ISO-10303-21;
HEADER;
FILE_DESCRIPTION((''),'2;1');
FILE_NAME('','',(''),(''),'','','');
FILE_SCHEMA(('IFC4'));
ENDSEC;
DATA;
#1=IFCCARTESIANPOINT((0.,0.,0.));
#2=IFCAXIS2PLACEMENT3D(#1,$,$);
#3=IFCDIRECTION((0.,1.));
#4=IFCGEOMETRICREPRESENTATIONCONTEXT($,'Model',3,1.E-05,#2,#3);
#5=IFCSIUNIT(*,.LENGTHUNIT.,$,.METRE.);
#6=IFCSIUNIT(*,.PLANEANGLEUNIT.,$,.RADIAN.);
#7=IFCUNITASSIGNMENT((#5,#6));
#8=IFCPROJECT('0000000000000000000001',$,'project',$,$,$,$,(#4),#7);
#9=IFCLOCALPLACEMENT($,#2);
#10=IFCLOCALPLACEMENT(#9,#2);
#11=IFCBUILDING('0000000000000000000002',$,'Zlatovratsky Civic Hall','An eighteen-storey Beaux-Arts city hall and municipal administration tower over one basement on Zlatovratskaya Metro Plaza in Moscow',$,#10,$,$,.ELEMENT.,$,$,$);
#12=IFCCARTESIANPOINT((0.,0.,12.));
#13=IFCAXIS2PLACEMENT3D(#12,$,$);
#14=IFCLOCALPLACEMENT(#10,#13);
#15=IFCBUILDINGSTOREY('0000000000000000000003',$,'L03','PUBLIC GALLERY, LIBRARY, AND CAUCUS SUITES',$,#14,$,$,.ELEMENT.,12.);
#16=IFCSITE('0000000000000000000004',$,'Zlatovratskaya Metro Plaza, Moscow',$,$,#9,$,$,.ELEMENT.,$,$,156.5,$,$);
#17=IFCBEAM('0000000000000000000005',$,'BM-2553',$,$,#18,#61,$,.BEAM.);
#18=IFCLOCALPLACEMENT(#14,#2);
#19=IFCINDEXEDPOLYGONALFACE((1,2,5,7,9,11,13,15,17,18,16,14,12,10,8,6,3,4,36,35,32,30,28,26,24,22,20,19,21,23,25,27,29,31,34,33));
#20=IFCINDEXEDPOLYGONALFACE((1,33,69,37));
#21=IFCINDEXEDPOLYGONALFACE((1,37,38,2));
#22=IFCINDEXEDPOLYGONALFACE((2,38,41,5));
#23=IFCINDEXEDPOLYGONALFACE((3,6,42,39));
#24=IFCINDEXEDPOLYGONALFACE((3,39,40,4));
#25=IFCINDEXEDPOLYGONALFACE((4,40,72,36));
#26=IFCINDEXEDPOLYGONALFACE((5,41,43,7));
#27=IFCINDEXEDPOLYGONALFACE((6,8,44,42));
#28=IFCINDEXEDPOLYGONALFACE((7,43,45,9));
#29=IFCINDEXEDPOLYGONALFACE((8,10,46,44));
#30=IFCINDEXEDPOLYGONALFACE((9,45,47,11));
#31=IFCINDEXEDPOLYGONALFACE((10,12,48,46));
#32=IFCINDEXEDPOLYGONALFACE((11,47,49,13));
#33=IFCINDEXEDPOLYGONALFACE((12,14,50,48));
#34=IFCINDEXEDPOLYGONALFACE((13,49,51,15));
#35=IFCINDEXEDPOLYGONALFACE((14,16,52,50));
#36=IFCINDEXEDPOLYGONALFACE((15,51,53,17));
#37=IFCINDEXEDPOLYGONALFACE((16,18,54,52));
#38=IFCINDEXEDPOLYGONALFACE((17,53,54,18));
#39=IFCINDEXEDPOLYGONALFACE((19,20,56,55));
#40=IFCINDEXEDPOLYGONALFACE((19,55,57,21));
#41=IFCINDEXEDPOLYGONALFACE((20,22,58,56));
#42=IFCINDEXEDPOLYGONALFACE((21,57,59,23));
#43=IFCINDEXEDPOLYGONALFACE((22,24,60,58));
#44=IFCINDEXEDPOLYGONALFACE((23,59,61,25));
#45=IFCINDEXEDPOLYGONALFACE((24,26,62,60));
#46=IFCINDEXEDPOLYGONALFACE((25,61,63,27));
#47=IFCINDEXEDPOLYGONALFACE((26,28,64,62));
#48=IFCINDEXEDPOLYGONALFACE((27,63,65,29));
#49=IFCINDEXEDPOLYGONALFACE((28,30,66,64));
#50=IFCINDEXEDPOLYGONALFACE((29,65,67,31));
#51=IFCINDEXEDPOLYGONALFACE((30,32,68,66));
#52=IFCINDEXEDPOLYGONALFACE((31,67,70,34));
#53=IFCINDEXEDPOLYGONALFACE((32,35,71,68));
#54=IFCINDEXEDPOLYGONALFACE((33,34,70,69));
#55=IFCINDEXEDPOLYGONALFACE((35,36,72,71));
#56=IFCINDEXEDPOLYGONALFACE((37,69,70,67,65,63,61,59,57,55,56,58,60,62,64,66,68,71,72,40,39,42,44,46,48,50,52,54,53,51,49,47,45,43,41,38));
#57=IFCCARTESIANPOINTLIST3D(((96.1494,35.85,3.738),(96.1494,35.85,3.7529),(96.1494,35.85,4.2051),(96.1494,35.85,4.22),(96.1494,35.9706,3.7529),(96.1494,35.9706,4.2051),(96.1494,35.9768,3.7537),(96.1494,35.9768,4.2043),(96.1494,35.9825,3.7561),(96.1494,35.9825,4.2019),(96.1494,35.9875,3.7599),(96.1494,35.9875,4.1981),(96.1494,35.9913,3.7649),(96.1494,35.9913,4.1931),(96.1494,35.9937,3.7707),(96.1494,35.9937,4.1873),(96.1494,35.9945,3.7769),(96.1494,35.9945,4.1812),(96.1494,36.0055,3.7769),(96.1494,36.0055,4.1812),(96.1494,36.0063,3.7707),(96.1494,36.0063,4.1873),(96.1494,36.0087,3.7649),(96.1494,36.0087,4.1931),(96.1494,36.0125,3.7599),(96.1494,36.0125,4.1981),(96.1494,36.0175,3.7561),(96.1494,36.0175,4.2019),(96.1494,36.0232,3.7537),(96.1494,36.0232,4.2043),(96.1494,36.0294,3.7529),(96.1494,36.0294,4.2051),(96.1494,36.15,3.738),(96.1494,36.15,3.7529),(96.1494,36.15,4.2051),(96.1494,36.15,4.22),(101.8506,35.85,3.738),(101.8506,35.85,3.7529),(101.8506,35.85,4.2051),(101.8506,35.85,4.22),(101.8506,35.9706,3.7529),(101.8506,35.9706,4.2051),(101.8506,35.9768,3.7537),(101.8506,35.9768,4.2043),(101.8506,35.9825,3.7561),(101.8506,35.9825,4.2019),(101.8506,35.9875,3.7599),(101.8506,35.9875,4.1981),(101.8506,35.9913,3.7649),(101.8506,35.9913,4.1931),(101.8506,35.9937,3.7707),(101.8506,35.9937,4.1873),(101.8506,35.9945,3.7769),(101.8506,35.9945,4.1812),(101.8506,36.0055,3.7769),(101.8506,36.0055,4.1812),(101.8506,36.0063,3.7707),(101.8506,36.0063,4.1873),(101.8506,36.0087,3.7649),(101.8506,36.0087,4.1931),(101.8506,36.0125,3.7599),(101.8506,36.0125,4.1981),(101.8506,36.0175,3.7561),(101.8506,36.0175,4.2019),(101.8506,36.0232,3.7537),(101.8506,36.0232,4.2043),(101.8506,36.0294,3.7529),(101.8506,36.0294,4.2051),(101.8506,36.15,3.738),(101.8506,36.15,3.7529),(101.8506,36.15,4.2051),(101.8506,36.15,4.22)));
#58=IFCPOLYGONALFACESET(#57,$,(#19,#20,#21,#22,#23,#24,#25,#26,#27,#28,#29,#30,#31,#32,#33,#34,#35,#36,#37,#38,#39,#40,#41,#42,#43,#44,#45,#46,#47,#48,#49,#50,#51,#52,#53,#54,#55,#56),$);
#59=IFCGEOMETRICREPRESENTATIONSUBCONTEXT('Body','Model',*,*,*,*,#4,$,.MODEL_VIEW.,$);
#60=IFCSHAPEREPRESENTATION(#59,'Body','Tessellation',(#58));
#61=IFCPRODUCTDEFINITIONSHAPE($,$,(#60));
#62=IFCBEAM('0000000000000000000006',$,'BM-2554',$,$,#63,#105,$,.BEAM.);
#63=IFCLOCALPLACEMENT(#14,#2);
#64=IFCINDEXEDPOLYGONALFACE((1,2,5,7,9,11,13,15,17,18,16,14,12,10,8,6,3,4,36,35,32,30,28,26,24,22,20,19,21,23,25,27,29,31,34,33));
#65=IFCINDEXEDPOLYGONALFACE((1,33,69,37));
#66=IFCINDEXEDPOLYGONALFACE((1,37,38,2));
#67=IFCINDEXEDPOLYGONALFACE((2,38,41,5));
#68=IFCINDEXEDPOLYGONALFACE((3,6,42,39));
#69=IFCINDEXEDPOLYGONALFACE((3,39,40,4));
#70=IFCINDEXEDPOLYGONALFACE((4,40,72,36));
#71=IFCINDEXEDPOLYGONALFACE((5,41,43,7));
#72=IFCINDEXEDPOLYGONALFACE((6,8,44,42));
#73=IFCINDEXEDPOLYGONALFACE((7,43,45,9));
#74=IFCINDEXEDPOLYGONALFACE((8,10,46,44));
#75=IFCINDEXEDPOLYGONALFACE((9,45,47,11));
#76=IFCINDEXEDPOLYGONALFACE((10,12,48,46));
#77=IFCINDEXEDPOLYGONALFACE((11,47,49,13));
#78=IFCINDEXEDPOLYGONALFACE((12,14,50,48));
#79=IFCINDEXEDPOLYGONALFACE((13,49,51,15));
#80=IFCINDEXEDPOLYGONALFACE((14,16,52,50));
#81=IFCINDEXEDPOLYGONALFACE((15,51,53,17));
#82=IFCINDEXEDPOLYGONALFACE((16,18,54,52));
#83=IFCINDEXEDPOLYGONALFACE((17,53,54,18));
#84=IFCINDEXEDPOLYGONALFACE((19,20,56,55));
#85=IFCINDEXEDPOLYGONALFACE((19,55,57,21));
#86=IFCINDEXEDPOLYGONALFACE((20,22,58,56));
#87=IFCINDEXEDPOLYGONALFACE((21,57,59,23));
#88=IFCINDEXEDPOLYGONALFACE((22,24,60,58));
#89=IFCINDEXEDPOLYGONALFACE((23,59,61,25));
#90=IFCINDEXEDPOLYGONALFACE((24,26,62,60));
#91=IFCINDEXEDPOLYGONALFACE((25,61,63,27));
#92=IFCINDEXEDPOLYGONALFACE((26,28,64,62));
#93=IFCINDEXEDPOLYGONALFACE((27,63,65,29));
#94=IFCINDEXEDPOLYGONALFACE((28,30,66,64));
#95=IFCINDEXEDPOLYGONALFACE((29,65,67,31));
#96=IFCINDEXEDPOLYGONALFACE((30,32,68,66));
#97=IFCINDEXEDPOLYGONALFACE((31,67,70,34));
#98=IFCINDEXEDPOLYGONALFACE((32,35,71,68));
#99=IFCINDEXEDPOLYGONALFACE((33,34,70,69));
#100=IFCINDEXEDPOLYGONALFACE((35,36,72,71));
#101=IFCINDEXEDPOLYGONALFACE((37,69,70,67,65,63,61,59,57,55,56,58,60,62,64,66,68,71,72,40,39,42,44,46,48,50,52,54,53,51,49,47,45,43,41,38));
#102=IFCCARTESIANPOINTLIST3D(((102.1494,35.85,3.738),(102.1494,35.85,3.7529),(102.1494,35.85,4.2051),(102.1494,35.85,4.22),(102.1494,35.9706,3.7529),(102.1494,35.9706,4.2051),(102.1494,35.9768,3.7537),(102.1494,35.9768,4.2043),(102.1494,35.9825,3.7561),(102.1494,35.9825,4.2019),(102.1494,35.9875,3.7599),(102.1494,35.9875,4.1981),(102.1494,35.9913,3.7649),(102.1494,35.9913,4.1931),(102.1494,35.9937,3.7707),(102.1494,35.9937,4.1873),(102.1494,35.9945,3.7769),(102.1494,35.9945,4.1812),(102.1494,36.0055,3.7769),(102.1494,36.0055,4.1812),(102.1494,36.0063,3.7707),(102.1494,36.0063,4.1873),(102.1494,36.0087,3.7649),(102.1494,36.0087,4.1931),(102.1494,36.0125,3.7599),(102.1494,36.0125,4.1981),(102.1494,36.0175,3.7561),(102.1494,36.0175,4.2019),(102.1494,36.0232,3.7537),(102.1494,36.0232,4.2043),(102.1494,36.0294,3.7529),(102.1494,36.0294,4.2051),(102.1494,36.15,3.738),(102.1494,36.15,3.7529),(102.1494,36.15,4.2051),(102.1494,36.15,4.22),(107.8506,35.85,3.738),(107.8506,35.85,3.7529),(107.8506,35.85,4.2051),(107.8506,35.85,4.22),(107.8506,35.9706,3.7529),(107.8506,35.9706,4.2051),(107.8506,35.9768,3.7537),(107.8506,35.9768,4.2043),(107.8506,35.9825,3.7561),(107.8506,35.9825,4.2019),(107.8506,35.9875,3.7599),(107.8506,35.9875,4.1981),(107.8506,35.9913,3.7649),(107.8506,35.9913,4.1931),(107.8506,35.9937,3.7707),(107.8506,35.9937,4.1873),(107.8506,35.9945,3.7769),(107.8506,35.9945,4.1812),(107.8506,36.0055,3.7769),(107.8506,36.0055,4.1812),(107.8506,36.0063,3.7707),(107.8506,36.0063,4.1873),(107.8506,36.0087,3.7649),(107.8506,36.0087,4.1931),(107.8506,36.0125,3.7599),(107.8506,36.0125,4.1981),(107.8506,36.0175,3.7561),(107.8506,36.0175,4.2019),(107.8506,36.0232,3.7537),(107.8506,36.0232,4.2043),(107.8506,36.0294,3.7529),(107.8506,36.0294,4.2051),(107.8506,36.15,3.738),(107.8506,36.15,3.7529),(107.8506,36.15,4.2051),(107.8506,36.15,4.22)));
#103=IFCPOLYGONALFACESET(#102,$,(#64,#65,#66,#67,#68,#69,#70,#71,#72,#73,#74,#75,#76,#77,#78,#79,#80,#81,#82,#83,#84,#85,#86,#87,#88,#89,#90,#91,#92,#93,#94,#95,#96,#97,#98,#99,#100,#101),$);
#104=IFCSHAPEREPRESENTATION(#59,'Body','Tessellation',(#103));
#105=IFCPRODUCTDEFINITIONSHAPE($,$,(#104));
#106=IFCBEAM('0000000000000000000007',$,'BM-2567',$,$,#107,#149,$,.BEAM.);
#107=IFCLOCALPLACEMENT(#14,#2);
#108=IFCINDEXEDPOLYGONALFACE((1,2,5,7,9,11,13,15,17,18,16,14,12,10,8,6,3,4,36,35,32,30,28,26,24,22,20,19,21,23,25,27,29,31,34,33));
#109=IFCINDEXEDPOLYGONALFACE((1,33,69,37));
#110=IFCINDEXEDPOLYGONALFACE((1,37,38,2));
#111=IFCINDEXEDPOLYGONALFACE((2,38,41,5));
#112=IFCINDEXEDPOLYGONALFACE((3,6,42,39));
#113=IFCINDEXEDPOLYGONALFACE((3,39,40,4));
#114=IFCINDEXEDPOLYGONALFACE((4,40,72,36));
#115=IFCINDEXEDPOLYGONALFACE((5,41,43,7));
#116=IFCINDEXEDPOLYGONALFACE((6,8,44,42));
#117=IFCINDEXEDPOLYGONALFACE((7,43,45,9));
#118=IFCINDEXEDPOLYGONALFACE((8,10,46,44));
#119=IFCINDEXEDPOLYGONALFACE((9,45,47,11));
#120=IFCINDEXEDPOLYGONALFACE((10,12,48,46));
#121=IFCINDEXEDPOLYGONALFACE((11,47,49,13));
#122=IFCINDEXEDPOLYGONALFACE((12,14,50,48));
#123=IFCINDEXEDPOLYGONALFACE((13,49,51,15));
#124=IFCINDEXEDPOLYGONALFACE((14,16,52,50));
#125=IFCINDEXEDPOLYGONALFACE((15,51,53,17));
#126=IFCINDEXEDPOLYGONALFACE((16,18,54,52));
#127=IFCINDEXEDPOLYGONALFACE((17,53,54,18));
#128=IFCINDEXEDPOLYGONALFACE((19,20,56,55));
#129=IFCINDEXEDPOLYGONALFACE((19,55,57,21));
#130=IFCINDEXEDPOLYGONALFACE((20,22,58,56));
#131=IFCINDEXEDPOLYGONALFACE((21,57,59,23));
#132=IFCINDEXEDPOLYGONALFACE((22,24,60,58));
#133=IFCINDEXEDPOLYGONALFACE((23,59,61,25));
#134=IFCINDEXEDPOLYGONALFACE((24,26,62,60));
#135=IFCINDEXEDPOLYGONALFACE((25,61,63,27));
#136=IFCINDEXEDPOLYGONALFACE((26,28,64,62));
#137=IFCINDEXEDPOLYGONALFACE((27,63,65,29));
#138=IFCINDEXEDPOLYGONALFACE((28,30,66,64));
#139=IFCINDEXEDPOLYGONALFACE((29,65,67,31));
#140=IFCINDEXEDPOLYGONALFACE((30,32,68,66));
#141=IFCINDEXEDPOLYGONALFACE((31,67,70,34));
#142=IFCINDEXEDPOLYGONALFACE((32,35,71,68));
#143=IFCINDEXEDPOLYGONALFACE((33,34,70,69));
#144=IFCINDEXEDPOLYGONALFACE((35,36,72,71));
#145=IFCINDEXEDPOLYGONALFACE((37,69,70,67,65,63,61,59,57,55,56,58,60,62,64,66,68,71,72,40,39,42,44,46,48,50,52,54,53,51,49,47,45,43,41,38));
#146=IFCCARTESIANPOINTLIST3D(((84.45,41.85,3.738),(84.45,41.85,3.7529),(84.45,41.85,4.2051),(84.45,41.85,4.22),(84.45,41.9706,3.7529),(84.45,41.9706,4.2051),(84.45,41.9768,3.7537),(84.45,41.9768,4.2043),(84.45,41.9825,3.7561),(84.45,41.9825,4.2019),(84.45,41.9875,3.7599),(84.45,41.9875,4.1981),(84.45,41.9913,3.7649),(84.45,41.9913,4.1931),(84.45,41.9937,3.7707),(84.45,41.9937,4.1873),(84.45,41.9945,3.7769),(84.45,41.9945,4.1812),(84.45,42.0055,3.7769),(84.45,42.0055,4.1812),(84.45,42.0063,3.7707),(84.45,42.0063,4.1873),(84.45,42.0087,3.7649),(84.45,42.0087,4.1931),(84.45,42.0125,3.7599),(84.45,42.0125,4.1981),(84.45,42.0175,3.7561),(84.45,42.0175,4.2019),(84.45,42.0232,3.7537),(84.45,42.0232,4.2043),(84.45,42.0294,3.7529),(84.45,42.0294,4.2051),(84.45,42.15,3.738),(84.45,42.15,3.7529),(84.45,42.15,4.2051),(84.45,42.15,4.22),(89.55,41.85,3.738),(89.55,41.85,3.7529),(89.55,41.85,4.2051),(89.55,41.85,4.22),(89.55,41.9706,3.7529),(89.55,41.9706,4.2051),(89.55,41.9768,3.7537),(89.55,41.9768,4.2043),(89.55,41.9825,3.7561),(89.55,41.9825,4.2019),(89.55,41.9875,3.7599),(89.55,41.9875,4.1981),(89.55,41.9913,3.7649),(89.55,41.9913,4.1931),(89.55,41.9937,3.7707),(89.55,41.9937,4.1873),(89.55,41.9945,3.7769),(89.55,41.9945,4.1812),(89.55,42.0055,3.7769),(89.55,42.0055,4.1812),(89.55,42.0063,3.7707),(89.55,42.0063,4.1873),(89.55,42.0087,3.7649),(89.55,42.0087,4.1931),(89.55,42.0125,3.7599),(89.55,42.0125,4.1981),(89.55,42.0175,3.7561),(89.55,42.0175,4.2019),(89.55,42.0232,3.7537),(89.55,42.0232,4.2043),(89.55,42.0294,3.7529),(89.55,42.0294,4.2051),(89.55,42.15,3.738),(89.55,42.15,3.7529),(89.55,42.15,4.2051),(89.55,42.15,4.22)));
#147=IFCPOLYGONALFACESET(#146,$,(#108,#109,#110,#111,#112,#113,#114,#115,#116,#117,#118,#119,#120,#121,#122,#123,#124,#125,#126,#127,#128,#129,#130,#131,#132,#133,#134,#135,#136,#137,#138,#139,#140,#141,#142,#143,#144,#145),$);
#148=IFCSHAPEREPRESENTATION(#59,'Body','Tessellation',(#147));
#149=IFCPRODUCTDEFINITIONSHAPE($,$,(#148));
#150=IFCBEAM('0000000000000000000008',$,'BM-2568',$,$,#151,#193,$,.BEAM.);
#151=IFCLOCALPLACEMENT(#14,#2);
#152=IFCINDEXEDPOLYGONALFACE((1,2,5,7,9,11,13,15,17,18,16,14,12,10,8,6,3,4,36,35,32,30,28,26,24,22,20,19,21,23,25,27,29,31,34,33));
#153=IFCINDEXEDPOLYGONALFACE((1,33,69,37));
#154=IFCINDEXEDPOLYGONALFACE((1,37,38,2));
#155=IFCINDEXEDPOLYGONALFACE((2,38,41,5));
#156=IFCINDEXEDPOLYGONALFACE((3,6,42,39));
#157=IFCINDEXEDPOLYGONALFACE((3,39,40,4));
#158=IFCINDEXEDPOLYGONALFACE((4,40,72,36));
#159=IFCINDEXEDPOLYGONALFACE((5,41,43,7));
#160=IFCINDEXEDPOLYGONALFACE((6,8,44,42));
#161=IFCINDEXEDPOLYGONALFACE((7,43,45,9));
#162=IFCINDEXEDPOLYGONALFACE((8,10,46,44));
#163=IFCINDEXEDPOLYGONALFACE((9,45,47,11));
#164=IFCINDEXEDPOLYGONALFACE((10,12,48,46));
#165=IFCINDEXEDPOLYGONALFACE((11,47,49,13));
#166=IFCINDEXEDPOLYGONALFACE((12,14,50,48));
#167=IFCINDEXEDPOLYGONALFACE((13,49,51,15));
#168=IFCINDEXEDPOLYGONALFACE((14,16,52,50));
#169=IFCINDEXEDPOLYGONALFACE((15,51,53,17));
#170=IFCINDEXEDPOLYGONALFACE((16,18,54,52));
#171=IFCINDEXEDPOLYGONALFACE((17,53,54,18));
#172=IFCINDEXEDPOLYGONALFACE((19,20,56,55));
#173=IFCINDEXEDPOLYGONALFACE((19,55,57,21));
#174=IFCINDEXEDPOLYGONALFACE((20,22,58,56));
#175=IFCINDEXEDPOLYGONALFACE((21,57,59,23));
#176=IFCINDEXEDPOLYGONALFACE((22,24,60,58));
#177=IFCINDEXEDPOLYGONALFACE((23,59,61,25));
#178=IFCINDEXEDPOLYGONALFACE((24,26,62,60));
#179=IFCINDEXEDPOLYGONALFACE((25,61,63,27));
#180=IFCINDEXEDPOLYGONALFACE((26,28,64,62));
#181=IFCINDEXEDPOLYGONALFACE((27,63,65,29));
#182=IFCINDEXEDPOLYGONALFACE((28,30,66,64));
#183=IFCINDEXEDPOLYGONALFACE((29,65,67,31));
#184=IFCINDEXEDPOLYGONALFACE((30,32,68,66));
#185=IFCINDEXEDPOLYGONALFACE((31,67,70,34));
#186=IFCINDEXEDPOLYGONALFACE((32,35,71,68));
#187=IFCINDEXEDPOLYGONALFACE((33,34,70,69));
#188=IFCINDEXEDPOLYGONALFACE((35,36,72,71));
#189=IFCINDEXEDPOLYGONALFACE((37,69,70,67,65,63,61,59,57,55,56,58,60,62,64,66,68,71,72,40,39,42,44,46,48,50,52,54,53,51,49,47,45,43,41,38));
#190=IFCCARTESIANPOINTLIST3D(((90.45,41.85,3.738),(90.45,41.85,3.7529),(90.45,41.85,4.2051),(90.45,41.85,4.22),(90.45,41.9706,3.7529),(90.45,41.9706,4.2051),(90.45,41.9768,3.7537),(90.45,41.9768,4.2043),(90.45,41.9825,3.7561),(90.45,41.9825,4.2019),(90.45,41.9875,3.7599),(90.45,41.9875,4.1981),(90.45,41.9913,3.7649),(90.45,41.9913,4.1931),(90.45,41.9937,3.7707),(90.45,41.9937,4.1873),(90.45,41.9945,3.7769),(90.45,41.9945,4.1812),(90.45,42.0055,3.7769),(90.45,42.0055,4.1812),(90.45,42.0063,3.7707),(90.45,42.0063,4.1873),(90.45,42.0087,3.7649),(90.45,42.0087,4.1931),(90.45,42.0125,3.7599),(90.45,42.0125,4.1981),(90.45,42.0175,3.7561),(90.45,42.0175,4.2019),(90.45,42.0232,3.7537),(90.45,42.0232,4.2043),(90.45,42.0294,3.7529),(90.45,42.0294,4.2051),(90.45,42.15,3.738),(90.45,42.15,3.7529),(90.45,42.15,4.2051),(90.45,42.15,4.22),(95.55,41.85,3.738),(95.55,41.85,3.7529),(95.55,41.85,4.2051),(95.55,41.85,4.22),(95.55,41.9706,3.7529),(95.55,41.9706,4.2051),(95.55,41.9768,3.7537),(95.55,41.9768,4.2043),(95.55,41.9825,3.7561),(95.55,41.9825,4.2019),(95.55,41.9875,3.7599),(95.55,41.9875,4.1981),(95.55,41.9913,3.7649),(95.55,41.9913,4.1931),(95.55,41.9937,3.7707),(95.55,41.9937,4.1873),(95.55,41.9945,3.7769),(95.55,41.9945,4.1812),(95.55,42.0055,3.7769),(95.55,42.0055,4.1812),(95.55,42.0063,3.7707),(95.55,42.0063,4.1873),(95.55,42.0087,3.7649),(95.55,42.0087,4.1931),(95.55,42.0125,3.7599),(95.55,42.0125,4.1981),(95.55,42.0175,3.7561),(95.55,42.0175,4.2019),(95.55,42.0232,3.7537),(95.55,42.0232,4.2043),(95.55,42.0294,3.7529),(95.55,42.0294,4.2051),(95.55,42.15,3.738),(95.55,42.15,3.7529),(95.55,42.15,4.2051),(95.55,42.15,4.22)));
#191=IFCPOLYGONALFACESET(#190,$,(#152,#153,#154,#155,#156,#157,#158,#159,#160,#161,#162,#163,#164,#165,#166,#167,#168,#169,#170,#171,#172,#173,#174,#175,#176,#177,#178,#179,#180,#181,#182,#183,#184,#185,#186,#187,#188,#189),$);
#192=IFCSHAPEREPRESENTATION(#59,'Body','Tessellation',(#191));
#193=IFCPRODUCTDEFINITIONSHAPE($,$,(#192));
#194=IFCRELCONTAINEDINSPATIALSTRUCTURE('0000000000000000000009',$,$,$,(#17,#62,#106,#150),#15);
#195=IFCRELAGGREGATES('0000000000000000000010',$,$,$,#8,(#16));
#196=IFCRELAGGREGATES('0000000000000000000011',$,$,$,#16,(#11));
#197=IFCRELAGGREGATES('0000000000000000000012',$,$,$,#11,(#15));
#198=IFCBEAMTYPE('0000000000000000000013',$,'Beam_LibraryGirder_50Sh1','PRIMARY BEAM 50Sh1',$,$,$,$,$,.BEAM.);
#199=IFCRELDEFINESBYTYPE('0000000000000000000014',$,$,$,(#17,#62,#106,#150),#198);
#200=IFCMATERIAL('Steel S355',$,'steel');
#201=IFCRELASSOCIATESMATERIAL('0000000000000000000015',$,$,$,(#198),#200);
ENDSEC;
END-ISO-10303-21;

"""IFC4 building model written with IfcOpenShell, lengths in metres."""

from ifc_helpers import new_model, si_unit, direction, frame, origin, origin_2d, place, context, subcontext, project, spatial, i_section, extrude, material, material_profile, profile_set, type_object, element, save


model = new_model("IFC4")

# Units and contexts
model_context = context("Model", 3, precision=1e-05, world=origin(), true_north=direction((0.0, 1.0)))
body_context = subcontext(model_context, "Body", "Model", "MODEL_VIEW")
ifc_project = project(units=[si_unit("LENGTHUNIT", "METRE"), si_unit("PLANEANGLEUNIT", "RADIAN")], contexts=[model_context])

# Site, building, storey
site_placement = place(None, origin())
site = spatial("IfcSite", under=ifc_project, at=site_placement, Name="Zlatovratskaya Metro Plaza, Moscow", CompositionType="ELEMENT", RefElevation=156.5)
building_placement = place(site_placement, origin())
building = spatial("IfcBuilding", under=site, at=building_placement, Name="Zlatovratsky Civic Hall", Description="An eighteen-storey Beaux-Arts city hall and municipal administration tower over one basement on Zlatovratskaya Metro Plaza in Moscow", CompositionType="ELEMENT")
storey_placement = place(building_placement, frame((0.0, 0.0, 12.0)))
storey = spatial("IfcBuildingStorey", under=building, at=storey_placement, Name="L03", Description="PUBLIC GALLERY, LIBRARY, AND CAUCUS SUITES", CompositionType="ELEMENT", Elevation=12.0)

# Shared definitions
ifc_material_1 = material(Name="Steel S355", Category="steel")

# Beams
ifc_material_profile_1 = material_profile(ifc_material_1, i_section(OverallWidth=0.3, OverallDepth=0.4819, WebThickness=0.011, FlangeThickness=0.0149, FilletRadius=0.0239, at=origin_2d()), Name="50Sh1")
ifc_profile_set_1 = profile_set([ifc_material_profile_1], Name="Steel S355")
beam_type = type_object("IfcBeamType", Name="Beam_LibraryGirder_50Sh1", Description="PRIMARY BEAM 50Sh1", PredefinedType="BEAM", material=ifc_profile_set_1)
for number, where, z_axis, x_axis, name in (
    (1, (96.1494, 36.0, 3.979), (1.0, 0.0, 0.0), (0.0, 1.0, 0.0), "BM-2553"),
    (2, (102.1494, 36.0, 3.979), (1.0, 0.0, 0.0), (0.0, 1.0, 0.0), "BM-2554"),
):
    element("IfcBeam", number, at=place(storey_placement, frame(where, z_axis=z_axis, x_axis=x_axis)), inside=storey, type_object=beam_type, Name=name, PredefinedType="BEAM", context=body_context, shape_type="SweptSolid", body=[
        extrude(i_section(OverallWidth=0.3, OverallDepth=0.4819, WebThickness=0.011, FlangeThickness=0.0149, FilletRadius=0.0239, at=origin_2d()), origin(), (0.0, 0.0, 1.0), 5.7012),
    ])
for number, where, z_axis, x_axis, name in (
    (3, (84.45, 42.0, 3.979), (1.0, 0.0, 0.0), (0.0, 1.0, 0.0), "BM-2567"),
    (4, (90.45, 42.0, 3.979), (1.0, 0.0, 0.0), (0.0, 1.0, 0.0), "BM-2568"),
):
    element("IfcBeam", number, at=place(storey_placement, frame(where, z_axis=z_axis, x_axis=x_axis)), inside=storey, type_object=beam_type, Name=name, PredefinedType="BEAM", context=body_context, shape_type="SweptSolid", body=[
        extrude(i_section(OverallWidth=0.3, OverallDepth=0.4819, WebThickness=0.011, FlangeThickness=0.0149, FilletRadius=0.0239, at=origin_2d()), origin(), (0.0, 0.0, 1.0), 5.1001),
    ])

save(model, "model.ifc")
